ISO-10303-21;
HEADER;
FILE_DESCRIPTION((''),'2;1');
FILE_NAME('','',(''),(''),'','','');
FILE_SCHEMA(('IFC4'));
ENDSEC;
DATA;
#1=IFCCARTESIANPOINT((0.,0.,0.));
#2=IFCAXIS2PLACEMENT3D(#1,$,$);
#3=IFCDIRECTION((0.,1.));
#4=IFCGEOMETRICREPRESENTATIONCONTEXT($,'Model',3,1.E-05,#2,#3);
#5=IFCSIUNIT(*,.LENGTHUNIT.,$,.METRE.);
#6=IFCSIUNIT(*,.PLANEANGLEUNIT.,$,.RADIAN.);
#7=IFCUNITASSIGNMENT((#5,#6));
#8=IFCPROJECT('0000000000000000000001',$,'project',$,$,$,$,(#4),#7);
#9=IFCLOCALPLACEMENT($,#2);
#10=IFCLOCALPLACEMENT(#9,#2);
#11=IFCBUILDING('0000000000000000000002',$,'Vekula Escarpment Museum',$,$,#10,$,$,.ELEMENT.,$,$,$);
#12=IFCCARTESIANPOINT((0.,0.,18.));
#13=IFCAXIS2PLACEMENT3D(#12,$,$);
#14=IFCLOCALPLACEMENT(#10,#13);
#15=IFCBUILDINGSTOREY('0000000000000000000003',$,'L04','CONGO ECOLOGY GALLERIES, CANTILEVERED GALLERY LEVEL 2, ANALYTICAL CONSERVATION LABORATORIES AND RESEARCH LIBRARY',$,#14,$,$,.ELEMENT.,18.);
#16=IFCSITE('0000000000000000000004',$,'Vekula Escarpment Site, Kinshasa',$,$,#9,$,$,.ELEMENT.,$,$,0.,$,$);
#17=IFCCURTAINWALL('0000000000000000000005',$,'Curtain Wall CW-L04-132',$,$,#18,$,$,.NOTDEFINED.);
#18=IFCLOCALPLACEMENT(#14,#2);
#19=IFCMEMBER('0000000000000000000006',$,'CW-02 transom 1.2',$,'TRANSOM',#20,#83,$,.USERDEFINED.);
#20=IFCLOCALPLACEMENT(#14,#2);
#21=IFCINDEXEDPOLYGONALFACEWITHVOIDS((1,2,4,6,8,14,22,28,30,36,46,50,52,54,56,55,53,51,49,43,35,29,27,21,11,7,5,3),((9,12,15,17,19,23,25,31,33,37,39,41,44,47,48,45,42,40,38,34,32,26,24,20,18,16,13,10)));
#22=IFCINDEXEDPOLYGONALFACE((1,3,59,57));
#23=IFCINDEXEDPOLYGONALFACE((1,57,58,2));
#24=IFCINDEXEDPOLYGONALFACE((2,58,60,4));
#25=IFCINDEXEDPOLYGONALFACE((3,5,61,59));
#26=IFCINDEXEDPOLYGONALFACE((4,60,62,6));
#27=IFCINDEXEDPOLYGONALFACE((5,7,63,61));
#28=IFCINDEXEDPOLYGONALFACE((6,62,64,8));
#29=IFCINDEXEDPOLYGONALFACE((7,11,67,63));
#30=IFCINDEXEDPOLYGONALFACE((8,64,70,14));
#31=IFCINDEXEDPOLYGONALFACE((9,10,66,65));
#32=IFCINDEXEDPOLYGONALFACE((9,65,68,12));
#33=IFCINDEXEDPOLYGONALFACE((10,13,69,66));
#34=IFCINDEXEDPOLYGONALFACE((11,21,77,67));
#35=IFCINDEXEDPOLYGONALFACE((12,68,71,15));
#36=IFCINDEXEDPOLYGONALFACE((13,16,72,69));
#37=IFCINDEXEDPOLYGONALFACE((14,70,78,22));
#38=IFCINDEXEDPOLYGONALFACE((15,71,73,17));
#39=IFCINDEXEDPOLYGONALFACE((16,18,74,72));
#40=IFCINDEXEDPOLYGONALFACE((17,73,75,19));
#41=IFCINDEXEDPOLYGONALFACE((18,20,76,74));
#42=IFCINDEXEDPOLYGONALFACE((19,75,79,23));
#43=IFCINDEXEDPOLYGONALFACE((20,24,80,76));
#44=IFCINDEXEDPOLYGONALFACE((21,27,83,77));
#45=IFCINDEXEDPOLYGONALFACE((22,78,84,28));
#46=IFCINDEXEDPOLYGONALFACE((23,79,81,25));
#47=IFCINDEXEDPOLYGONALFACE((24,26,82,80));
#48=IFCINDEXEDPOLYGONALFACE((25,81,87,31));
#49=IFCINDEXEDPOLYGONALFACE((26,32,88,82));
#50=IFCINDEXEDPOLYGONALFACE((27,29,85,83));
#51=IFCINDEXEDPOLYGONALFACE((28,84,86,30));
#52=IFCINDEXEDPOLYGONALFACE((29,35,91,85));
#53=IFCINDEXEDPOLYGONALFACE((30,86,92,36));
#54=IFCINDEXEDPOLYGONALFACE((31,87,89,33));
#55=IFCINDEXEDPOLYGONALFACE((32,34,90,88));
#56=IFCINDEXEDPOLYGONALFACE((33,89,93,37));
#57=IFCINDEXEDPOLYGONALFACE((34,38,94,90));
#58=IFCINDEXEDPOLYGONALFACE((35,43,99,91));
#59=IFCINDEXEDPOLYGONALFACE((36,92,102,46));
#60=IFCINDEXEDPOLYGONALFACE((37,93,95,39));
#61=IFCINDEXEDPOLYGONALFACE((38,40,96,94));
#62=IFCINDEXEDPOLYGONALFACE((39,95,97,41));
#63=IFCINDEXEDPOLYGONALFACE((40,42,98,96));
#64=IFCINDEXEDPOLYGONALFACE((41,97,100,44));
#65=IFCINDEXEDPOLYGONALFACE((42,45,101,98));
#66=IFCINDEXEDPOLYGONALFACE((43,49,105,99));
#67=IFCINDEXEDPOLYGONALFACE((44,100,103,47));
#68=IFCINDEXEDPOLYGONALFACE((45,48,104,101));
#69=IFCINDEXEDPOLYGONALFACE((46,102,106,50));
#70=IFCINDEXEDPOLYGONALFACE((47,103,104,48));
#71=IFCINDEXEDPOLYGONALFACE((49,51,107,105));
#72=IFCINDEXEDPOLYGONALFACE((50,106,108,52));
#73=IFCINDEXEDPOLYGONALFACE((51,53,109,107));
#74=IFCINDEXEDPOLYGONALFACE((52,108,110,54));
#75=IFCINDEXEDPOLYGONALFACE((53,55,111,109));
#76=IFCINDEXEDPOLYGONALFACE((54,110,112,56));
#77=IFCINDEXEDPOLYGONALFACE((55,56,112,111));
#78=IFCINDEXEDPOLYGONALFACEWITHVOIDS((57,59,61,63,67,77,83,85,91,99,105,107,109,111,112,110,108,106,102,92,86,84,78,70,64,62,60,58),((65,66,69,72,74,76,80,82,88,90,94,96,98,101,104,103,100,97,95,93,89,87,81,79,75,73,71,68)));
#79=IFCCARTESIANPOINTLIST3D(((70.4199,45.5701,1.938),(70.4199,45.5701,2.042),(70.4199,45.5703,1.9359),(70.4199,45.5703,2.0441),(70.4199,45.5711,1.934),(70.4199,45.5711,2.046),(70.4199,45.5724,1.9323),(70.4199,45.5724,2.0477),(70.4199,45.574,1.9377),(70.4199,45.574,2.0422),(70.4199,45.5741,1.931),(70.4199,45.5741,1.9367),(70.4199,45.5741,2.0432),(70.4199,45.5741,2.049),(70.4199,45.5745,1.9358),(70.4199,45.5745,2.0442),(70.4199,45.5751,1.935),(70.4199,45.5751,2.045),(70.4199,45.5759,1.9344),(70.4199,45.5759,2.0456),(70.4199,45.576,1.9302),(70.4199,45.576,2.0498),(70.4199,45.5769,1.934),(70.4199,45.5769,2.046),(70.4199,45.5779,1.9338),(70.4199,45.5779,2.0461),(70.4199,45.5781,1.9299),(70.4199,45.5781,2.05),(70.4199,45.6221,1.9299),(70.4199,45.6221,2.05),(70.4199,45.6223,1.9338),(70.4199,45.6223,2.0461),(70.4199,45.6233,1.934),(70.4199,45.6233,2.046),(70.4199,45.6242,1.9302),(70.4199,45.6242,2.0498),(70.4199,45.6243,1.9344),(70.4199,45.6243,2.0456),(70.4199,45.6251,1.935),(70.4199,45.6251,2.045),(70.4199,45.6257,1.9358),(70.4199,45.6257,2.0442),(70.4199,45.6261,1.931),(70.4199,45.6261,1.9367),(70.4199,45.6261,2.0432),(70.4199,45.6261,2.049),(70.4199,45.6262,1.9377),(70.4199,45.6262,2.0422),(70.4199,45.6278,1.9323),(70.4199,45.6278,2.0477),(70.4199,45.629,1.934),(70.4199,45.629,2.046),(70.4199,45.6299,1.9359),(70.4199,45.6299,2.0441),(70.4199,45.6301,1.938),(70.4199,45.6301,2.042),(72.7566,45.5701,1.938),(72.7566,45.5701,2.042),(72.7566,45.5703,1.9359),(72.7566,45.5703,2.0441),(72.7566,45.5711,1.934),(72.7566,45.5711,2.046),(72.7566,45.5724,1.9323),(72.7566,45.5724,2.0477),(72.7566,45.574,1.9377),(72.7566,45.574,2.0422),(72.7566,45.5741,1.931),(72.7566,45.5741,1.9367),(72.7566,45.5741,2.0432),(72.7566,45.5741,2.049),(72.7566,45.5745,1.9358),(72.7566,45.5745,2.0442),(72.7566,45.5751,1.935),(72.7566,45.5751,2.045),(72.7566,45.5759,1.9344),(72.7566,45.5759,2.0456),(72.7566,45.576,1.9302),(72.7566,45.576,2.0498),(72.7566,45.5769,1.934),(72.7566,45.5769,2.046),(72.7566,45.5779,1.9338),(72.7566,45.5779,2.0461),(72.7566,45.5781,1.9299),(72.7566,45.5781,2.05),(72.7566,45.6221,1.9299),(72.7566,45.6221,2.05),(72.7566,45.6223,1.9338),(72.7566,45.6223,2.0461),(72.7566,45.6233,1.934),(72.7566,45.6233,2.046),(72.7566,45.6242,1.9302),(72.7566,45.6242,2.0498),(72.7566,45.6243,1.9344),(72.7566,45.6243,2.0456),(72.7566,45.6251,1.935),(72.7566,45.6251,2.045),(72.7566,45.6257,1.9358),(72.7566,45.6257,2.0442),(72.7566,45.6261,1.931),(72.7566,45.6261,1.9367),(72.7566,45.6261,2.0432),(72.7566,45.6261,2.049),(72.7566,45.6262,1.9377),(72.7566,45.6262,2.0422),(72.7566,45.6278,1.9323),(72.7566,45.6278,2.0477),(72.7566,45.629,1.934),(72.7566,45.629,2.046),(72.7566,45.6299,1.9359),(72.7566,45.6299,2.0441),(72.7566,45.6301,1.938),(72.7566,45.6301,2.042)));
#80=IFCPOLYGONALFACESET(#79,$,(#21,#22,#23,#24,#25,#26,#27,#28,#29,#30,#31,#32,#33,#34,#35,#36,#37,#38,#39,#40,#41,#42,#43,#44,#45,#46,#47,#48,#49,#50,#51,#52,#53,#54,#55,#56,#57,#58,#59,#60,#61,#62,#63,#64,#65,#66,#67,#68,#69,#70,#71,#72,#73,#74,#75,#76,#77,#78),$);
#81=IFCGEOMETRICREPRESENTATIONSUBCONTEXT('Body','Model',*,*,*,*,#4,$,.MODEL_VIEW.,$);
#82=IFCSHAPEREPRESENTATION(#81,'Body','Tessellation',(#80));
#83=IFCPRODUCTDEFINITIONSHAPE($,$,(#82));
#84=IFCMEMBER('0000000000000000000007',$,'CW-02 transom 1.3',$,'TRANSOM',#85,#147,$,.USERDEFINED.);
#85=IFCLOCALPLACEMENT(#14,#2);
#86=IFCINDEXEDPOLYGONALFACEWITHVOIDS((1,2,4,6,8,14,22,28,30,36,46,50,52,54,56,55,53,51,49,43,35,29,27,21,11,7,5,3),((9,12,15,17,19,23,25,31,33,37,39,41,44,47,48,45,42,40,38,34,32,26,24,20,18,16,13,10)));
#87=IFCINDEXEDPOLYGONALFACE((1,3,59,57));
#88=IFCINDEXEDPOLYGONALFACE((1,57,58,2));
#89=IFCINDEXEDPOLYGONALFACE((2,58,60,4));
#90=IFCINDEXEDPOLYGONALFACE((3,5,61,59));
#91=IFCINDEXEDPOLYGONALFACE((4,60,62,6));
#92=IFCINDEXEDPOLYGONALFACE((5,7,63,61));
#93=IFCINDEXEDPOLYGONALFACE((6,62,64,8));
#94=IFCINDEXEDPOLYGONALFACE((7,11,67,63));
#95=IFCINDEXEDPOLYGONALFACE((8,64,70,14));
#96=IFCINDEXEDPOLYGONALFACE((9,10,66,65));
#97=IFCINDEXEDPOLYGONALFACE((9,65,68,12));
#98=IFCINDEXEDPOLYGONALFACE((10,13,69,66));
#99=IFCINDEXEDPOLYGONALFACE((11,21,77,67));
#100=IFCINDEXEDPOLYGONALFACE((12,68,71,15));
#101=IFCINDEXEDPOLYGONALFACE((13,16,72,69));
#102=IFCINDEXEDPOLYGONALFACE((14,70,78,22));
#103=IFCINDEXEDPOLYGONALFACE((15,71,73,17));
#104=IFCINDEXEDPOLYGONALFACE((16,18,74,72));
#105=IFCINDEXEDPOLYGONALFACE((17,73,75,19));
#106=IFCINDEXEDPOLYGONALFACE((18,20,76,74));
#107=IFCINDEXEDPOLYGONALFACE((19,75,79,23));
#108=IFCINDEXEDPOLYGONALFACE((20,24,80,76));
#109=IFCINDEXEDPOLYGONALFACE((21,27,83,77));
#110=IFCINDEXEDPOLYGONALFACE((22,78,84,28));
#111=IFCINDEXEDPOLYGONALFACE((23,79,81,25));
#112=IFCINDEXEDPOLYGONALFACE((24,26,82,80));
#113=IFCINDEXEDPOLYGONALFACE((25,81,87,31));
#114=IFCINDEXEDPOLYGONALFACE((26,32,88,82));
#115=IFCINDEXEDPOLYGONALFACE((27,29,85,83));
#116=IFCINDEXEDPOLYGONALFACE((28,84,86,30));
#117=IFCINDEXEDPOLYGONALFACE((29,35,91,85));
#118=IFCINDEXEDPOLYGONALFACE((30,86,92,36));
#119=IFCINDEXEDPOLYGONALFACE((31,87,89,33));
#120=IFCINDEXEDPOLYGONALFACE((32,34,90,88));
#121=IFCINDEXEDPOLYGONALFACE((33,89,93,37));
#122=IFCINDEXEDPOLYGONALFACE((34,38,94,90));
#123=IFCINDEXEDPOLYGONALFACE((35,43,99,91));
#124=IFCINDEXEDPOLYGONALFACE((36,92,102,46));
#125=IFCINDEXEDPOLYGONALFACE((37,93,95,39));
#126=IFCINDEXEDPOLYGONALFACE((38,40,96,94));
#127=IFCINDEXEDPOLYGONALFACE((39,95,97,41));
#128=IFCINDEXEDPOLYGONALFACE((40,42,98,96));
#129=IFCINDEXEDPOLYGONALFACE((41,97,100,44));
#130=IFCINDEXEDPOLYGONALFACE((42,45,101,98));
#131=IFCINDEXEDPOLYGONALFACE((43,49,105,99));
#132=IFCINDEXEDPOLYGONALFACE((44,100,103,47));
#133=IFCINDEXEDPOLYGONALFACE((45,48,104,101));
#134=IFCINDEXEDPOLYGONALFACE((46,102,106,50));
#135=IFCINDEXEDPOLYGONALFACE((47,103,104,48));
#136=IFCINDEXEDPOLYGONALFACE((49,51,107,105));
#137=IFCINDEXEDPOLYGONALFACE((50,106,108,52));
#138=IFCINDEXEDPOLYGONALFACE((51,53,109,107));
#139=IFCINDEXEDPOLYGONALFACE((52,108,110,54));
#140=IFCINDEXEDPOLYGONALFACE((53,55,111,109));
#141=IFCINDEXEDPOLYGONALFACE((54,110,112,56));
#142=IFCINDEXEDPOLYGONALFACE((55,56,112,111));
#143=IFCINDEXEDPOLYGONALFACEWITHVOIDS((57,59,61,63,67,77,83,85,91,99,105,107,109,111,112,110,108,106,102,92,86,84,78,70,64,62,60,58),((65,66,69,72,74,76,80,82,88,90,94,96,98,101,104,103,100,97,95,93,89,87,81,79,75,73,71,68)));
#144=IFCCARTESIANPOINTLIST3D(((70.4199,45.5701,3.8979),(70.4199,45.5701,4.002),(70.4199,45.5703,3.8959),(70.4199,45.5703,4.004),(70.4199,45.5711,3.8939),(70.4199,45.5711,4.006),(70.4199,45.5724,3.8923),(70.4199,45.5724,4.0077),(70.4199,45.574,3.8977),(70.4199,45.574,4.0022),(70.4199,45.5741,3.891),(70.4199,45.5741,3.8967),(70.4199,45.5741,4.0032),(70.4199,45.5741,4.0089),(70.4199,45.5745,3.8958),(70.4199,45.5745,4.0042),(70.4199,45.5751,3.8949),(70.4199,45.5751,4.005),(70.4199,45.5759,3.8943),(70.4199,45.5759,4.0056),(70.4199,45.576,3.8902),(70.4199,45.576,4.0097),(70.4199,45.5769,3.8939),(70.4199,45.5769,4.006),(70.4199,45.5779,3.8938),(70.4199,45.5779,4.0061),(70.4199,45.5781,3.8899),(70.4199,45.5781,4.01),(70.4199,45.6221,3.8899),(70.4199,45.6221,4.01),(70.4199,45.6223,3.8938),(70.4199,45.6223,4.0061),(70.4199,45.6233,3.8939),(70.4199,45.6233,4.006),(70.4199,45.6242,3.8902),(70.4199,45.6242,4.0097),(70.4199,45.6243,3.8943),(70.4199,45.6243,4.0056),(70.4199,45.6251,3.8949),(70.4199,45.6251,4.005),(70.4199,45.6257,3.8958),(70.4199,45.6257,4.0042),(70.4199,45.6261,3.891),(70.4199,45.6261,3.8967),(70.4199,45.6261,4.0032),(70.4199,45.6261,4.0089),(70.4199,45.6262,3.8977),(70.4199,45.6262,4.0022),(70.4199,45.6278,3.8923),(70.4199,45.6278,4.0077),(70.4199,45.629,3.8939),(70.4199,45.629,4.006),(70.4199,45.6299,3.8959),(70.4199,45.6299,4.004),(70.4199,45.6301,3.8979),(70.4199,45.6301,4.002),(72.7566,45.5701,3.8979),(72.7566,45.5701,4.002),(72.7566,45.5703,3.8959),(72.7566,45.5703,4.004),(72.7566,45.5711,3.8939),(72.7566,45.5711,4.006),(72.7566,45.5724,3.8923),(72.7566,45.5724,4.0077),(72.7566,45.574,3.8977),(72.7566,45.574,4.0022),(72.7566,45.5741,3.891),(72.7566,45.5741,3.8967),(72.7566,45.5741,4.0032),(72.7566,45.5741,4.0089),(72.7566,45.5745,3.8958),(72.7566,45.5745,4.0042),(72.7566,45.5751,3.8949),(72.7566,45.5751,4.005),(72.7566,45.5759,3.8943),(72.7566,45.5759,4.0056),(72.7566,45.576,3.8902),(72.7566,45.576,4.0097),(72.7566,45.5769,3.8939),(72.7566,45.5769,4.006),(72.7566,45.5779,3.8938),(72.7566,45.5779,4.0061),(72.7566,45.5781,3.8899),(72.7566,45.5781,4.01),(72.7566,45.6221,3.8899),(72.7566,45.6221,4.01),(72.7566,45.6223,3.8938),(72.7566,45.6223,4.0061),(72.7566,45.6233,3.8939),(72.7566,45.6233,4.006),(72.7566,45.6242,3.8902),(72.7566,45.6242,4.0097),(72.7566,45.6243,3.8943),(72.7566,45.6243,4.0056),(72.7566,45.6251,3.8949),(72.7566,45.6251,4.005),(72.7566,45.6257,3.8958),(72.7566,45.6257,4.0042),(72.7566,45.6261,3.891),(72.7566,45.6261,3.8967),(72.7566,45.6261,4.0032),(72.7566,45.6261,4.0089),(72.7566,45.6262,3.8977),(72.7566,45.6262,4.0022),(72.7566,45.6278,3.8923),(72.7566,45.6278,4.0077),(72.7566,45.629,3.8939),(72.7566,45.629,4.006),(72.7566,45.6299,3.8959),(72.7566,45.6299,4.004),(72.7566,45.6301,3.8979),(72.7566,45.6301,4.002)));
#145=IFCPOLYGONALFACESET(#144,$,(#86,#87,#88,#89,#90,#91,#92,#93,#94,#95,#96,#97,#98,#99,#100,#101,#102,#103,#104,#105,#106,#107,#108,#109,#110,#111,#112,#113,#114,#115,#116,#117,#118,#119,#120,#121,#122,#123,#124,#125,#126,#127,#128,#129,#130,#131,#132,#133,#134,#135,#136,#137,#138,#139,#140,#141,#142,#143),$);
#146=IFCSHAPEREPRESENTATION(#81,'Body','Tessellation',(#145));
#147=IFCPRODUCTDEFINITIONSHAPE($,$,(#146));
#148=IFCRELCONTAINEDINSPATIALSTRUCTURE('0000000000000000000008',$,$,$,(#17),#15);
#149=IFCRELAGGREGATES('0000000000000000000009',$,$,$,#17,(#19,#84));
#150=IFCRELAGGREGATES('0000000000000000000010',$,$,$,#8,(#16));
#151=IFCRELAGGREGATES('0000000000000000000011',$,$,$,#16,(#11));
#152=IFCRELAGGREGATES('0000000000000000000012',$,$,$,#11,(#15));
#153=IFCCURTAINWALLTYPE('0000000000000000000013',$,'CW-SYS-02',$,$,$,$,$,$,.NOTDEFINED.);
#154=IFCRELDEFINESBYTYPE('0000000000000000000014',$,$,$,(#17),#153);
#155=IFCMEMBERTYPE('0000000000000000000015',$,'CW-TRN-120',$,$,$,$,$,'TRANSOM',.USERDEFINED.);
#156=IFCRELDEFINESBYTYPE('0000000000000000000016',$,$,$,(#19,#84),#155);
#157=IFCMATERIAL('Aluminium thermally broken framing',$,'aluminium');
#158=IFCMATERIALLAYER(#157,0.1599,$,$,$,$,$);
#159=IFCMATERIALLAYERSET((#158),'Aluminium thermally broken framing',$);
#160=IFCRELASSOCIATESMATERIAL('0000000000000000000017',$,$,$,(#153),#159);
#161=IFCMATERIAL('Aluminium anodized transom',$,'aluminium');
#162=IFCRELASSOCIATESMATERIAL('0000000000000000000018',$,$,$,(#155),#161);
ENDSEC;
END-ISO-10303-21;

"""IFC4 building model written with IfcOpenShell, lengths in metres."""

from ifc_helpers import new_model, si_unit, direction, frame, origin, origin_2d, place, context, subcontext, project, spatial, hollow_rectangle, extrude, material, layer, layer_set, material_profile, profile_set, type_object, element, aggregate, save


model = new_model("IFC4")

# Units and contexts
model_context = context("Model", 3, precision=1e-05, world=origin(), true_north=direction((0.0, 1.0)))
body_context = subcontext(model_context, "Body", "Model", "MODEL_VIEW")
ifc_project = project(units=[si_unit("LENGTHUNIT", "METRE"), si_unit("PLANEANGLEUNIT", "RADIAN")], contexts=[model_context])

# Site, building, storey
site_placement = place(None, origin())
site = spatial("IfcSite", under=ifc_project, at=site_placement, Name="Vekula Escarpment Site, Kinshasa", CompositionType="ELEMENT", RefElevation=0.0)
building_placement = place(site_placement, origin())
building = spatial("IfcBuilding", under=site, at=building_placement, Name="Vekula Escarpment Museum", CompositionType="ELEMENT")
storey_placement = place(building_placement, frame((0.0, 0.0, 18.0)))
storey = spatial("IfcBuildingStorey", under=building, at=storey_placement, Name="L04", Description="CONGO ECOLOGY GALLERIES, CANTILEVERED GALLERY LEVEL 2, ANALYTICAL CONSERVATION LABORATORIES AND RESEARCH LIBRARY", CompositionType="ELEMENT", Elevation=18.0)

# Curtain wall
ifc_material_1 = material(Name="Aluminium thermally broken framing", Category="aluminium")
ifc_layer_1 = layer(ifc_material_1, 0.1599)
ifc_layer_set_1 = layer_set([ifc_layer_1], Name="Aluminium thermally broken framing")
curtain_wall_type_1 = type_object("IfcCurtainWallType", Name="CW-SYS-02", PredefinedType="NOTDEFINED", material=ifc_layer_set_1)
curtain_wall_1_placement = place(storey_placement, origin())
curtain_wall_1 = element("IfcCurtainWall", 1, at=curtain_wall_1_placement, inside=storey, type_object=curtain_wall_type_1, Name="Curtain Wall CW-L04-132", PredefinedType="NOTDEFINED")

# Members
ifc_material_2 = material(Name="Aluminium anodized transom", Category="aluminium")
ifc_material_profile_1 = material_profile(ifc_material_2, hollow_rectangle(XDim=0.0601, YDim=0.1201, WallThickness=0.0039, InnerFilletRadius=0.0039, OuterFilletRadius=0.0081, at=origin_2d()), Name="ALU 120x60x4")
ifc_profile_set_1 = profile_set([ifc_material_profile_1], Name="Aluminium anodized transom")
member_type_1 = type_object("IfcMemberType", Name="CW-TRN-120", ElementType="TRANSOM", PredefinedType="USERDEFINED", material=ifc_profile_set_1)
member_1_placement = place(storey_placement, frame((70.4199, 45.6001, 1.99), z_axis=(1.0, 0.0, 0.0), x_axis=(0.0, 1.0, 0.0)))
member_1 = element("IfcMember", 2, at=member_1_placement, type_object=member_type_1, Name="CW-02 transom 1.2", ObjectType="TRANSOM", PredefinedType="USERDEFINED", context=body_context, shape_type="SweptSolid", body=[
    extrude(hollow_rectangle(XDim=0.0601, YDim=0.1201, WallThickness=0.0039, InnerFilletRadius=0.0039, OuterFilletRadius=0.0081, at=origin_2d()), origin(), (0.0, 0.0, 1.0), 2.3367),
])
member_2_placement = place(storey_placement, frame((70.4199, 45.6001, 3.95), z_axis=(1.0, 0.0, 0.0), x_axis=(0.0, 1.0, 0.0)))
member_2 = element("IfcMember", 3, at=member_2_placement, type_object=member_type_1, Name="CW-02 transom 1.3", ObjectType="TRANSOM", PredefinedType="USERDEFINED", context=body_context, shape_type="SweptSolid", body=[
    extrude(hollow_rectangle(XDim=0.0601, YDim=0.1201, WallThickness=0.0039, InnerFilletRadius=0.0039, OuterFilletRadius=0.0081, at=origin_2d()), origin(), (0.0, 0.0, 1.0), 2.3367),
])

aggregate(curtain_wall_1, [member_1, member_2])

save(model, "model.ifc")
